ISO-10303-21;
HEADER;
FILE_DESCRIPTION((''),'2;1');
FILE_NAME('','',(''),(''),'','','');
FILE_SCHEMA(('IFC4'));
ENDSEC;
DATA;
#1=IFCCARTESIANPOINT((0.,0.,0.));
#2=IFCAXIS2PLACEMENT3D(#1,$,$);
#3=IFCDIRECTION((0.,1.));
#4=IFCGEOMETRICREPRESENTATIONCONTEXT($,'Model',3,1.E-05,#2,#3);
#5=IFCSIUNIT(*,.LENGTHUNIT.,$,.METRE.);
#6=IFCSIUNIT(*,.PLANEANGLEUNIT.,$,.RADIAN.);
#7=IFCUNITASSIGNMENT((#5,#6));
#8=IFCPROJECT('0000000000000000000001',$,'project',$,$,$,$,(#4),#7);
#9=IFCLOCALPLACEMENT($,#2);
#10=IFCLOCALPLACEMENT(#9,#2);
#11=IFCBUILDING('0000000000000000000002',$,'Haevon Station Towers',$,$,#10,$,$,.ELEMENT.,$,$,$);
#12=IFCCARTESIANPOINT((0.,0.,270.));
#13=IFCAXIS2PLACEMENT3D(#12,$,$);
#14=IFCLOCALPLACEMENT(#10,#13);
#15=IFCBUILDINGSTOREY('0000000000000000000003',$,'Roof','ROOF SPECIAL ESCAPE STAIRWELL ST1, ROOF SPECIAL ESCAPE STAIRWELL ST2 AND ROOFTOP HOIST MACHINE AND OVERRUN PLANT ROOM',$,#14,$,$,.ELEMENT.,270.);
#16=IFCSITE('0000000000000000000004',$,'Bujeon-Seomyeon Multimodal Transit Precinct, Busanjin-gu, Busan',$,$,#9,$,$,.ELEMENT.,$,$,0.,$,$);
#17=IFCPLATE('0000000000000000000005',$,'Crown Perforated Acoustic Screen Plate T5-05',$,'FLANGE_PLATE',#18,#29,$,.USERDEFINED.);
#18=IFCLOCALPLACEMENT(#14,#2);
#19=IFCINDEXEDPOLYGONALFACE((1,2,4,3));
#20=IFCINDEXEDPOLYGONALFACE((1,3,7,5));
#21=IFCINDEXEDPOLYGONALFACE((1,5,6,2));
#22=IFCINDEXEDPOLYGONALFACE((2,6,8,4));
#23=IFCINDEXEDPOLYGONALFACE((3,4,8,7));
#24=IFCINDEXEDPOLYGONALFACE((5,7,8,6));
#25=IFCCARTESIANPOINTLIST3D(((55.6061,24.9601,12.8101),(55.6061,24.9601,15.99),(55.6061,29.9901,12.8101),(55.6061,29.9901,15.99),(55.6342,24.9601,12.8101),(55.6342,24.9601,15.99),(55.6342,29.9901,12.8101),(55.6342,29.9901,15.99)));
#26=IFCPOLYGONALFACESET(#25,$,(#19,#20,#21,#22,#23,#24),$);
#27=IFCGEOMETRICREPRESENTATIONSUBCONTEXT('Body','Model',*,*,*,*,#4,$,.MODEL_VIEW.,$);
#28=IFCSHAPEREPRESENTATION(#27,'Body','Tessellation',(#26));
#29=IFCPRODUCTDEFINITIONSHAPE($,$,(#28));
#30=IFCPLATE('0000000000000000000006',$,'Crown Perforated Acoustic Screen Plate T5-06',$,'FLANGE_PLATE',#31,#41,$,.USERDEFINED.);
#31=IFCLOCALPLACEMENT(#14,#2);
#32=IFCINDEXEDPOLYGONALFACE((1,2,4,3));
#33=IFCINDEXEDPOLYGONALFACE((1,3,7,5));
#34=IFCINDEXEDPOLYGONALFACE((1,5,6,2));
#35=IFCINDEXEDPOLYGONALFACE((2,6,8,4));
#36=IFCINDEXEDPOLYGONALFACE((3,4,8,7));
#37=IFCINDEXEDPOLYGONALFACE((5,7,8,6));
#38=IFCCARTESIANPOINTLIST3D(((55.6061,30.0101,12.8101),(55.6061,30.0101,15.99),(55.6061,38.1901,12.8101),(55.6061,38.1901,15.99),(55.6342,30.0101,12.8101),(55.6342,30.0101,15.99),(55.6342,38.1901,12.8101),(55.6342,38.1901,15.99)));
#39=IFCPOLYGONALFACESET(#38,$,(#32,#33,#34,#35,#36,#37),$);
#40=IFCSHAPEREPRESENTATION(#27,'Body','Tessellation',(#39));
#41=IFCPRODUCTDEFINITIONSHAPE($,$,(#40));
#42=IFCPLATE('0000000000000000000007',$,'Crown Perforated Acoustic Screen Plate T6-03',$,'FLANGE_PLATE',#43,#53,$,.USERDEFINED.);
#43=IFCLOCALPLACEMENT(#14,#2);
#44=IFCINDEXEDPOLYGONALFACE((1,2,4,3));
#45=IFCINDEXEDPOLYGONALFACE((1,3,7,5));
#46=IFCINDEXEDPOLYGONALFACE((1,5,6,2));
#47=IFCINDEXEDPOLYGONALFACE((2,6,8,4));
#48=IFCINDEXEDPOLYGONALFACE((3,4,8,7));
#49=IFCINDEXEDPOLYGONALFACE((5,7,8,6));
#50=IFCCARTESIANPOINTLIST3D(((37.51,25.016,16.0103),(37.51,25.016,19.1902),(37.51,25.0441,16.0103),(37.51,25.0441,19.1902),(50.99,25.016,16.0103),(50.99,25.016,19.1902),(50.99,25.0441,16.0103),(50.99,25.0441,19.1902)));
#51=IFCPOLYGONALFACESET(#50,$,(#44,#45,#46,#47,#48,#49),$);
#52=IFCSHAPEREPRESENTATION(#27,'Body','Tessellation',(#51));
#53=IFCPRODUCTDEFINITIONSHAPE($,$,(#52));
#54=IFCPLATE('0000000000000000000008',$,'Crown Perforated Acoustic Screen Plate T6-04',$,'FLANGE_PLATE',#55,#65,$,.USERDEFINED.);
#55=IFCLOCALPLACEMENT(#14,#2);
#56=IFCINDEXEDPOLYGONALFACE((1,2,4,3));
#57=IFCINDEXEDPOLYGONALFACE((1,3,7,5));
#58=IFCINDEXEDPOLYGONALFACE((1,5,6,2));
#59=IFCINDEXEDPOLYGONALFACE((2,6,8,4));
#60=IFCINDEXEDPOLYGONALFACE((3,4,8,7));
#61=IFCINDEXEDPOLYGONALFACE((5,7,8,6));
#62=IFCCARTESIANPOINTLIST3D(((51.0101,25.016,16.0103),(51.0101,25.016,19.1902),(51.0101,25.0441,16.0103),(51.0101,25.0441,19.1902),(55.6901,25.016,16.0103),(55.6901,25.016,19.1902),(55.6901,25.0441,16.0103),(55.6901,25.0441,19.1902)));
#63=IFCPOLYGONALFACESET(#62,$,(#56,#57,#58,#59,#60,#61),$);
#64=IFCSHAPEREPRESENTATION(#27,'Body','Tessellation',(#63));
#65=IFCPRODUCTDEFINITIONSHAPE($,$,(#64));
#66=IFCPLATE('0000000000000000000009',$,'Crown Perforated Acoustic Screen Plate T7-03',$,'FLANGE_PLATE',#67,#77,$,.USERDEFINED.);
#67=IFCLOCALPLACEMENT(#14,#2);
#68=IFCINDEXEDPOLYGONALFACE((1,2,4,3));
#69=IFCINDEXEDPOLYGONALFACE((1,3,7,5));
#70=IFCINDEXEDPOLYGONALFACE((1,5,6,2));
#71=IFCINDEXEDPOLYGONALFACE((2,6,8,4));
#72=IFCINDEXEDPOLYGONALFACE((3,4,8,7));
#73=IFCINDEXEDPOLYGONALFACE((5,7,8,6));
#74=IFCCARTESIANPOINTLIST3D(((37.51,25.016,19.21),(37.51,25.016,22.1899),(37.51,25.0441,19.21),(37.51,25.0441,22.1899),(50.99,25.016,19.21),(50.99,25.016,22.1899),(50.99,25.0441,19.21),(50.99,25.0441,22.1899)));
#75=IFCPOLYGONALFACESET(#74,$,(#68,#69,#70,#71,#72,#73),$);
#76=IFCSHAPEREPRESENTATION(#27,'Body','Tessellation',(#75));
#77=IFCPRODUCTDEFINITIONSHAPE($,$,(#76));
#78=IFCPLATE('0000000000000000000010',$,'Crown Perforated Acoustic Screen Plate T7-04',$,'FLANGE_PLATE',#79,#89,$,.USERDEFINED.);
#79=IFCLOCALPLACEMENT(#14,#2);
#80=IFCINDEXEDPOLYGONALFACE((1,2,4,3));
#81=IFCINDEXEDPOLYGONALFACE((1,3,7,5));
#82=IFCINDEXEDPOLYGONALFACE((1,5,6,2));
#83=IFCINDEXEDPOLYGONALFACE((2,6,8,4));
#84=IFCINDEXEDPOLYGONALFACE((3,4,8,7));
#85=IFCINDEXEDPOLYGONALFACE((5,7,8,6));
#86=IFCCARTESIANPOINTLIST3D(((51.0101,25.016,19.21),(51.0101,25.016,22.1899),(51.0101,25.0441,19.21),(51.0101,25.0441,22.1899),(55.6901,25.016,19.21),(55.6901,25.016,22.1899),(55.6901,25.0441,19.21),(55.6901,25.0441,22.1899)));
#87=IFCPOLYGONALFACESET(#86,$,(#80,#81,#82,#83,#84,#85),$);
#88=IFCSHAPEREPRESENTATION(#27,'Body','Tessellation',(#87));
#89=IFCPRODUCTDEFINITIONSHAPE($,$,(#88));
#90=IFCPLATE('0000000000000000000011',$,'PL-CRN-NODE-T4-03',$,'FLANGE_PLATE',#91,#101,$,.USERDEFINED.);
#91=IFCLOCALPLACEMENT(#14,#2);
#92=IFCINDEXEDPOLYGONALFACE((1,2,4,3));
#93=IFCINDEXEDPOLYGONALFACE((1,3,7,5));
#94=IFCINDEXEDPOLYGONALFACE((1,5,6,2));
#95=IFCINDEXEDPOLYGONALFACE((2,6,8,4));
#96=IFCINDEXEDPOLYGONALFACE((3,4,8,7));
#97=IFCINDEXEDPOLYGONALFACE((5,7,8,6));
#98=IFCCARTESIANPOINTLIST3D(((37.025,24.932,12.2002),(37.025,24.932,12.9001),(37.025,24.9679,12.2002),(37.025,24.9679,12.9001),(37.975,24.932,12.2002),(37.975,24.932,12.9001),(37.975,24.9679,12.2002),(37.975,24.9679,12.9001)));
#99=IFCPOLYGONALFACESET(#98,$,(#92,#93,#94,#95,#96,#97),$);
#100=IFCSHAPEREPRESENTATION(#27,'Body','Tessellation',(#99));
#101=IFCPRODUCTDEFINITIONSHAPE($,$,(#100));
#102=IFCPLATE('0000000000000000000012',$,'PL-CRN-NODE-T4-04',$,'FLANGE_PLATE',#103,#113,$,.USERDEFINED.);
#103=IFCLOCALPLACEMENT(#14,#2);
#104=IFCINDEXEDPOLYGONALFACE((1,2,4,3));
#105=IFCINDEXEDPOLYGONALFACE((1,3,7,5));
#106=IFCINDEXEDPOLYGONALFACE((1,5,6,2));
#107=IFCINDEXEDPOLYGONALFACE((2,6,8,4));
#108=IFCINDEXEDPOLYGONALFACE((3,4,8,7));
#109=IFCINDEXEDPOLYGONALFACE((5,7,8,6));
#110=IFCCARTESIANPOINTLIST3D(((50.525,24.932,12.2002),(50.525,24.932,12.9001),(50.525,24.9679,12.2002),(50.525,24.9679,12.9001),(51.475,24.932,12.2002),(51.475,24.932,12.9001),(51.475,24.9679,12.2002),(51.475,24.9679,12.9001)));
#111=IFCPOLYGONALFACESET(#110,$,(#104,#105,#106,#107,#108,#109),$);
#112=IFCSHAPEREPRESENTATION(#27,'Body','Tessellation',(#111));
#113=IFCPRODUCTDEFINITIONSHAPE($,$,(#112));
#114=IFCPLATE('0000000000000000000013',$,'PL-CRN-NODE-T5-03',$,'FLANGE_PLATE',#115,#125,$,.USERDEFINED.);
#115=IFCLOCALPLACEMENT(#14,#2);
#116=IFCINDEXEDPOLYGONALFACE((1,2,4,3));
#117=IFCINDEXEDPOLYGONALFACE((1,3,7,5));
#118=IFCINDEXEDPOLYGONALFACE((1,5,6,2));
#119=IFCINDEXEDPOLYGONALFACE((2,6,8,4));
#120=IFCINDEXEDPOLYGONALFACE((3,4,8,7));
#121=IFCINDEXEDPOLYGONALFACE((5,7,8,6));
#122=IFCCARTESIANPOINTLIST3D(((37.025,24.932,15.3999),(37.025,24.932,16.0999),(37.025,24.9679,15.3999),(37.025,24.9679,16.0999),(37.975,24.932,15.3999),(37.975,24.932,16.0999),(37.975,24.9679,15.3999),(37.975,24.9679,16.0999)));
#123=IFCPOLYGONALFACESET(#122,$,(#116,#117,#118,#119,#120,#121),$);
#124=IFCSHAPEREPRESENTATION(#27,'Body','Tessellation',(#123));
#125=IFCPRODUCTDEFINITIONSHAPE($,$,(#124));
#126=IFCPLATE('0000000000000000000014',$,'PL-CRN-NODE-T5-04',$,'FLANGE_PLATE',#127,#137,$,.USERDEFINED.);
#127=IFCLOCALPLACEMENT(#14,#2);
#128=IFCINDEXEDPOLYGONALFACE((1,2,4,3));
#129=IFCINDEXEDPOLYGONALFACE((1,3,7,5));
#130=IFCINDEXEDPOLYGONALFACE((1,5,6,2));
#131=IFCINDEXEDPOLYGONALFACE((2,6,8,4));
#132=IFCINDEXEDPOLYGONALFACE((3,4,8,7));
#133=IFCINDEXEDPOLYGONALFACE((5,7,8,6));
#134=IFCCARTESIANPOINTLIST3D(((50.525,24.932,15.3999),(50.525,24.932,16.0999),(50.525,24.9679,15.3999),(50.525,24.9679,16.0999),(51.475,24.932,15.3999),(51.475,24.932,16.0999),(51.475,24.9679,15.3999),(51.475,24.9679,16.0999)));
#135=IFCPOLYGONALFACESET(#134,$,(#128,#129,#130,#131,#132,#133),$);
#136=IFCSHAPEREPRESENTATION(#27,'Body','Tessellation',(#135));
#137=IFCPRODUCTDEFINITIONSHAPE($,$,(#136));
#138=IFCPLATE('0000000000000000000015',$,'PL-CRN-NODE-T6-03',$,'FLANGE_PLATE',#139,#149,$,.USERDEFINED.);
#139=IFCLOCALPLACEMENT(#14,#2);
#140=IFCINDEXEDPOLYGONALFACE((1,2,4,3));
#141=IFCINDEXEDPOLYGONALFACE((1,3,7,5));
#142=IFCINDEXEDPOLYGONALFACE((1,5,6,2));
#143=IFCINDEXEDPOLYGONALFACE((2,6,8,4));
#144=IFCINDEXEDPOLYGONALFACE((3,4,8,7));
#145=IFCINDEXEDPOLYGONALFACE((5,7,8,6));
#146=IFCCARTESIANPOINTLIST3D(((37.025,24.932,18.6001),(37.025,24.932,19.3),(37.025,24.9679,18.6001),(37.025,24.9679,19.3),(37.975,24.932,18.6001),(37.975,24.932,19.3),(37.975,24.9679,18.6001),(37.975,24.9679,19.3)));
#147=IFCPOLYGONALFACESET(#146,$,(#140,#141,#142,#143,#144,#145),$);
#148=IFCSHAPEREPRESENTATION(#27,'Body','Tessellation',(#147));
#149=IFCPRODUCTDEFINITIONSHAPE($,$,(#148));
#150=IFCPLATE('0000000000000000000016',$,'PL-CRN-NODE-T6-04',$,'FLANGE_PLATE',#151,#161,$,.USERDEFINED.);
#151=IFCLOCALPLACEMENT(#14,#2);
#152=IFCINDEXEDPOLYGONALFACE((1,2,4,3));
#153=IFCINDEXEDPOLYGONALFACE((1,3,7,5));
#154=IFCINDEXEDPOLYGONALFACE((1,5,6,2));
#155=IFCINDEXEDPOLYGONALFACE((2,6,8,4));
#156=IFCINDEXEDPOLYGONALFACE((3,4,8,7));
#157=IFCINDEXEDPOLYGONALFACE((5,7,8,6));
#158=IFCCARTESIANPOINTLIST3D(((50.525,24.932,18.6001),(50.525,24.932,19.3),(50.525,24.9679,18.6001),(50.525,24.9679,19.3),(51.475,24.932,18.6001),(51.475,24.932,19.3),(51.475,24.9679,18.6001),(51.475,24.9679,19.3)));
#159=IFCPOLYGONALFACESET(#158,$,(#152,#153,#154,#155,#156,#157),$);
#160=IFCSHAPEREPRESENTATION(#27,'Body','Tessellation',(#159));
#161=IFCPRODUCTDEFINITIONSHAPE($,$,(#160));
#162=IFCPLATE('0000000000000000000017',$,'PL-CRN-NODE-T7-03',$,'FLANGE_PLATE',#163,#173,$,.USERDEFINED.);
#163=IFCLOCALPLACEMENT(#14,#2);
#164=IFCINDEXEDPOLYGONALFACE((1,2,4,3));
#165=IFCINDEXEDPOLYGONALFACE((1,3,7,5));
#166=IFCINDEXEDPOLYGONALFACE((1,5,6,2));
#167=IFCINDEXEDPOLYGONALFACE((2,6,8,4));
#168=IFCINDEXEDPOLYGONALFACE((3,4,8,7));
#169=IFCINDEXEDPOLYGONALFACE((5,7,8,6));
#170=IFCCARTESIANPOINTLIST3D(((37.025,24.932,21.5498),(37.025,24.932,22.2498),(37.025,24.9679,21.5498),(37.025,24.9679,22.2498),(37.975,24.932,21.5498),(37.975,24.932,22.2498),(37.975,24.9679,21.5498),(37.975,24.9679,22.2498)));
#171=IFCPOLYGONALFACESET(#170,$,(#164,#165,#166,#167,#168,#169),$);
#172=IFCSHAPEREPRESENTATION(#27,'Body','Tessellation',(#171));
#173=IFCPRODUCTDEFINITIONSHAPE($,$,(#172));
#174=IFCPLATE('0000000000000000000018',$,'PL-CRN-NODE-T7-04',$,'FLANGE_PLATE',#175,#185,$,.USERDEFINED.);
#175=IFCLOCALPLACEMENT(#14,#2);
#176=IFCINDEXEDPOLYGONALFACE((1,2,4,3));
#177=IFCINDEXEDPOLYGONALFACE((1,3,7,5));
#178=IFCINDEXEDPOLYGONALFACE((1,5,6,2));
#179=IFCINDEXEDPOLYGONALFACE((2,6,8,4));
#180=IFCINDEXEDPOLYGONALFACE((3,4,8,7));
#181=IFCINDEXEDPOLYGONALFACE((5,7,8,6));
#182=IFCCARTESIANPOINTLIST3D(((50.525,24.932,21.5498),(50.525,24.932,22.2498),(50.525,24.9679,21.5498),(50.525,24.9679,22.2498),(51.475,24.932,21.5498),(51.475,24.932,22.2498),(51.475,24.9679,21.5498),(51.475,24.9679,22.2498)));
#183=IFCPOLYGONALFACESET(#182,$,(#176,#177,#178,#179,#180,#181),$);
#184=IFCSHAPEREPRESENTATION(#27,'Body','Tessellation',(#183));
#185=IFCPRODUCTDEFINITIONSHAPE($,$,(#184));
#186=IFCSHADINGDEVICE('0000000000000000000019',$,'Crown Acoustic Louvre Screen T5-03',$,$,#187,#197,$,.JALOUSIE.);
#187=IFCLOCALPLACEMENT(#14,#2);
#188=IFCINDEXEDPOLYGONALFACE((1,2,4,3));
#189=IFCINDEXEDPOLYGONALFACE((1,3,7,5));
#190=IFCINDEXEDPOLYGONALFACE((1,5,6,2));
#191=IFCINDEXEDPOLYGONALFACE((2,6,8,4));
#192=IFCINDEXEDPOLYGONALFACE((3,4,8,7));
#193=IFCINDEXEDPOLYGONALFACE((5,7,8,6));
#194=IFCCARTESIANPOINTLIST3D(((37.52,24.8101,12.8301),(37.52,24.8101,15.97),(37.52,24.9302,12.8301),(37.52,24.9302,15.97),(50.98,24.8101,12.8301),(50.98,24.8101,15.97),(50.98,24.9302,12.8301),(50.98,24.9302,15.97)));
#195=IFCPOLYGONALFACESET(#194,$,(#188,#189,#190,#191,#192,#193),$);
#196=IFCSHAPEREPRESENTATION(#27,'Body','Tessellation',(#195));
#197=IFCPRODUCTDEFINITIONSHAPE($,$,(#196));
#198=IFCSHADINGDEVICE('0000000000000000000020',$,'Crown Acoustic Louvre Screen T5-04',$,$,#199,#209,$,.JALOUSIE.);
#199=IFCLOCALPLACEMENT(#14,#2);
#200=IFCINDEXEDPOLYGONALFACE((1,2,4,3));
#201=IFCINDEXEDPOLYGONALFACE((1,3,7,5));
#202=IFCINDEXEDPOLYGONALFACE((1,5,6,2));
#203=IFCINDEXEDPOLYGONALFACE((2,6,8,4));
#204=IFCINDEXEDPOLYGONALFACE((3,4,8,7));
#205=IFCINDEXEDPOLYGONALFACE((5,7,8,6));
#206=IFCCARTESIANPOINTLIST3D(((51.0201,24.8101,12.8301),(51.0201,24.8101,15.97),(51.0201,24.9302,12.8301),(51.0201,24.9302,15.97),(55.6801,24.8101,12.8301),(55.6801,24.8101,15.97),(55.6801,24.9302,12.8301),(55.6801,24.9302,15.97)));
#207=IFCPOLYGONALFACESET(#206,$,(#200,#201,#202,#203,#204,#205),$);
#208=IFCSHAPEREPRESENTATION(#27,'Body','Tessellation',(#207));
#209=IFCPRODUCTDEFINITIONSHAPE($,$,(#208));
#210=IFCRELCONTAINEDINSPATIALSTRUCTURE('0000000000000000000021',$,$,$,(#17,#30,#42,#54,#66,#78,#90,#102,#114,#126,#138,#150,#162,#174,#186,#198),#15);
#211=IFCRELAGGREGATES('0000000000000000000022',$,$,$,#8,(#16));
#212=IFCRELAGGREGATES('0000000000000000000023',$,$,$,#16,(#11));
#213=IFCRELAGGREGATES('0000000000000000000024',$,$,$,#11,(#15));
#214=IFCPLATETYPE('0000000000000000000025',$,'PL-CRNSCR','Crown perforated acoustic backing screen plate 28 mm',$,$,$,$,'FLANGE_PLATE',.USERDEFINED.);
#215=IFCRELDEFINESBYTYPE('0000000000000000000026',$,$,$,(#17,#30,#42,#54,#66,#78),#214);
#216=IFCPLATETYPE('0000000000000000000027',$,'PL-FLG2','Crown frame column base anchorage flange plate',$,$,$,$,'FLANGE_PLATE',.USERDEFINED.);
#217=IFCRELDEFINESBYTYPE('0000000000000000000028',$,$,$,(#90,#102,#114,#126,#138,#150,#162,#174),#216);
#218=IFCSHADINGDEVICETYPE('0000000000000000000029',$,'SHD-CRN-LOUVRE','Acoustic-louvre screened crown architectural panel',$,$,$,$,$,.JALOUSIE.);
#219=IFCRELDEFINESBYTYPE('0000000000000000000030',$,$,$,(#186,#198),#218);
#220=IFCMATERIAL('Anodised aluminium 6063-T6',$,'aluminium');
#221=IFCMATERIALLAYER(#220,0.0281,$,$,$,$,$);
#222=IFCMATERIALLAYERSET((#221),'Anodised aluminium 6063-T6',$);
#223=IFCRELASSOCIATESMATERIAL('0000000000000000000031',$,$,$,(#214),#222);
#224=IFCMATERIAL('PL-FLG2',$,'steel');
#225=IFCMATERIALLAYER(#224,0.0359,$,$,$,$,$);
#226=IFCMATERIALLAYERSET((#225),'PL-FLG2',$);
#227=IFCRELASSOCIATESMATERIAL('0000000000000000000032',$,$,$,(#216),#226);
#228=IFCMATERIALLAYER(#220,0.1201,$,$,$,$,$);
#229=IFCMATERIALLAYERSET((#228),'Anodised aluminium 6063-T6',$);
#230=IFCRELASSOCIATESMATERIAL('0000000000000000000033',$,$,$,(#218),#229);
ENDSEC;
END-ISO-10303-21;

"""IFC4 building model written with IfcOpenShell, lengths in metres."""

from ifc_helpers import new_model, si_unit, direction, frame, origin, origin_2d, place, context, subcontext, project, spatial, rectangle, extrude, material, layer, layer_set, type_object, element, save


model = new_model("IFC4")

# Units and contexts
model_context = context("Model", 3, precision=1e-05, world=origin(), true_north=direction((0.0, 1.0)))
body_context = subcontext(model_context, "Body", "Model", "MODEL_VIEW")
ifc_project = project(units=[si_unit("LENGTHUNIT", "METRE"), si_unit("PLANEANGLEUNIT", "RADIAN")], contexts=[model_context])

# Site, building, storey
site_placement = place(None, origin())
site = spatial("IfcSite", under=ifc_project, at=site_placement, Name="Bujeon-Seomyeon Multimodal Transit Precinct, Busanjin-gu, Busan", CompositionType="ELEMENT", RefElevation=0.0)
building_placement = place(site_placement, origin())
building = spatial("IfcBuilding", under=site, at=building_placement, Name="Haevon Station Towers", CompositionType="ELEMENT")
storey_placement = place(building_placement, frame((0.0, 0.0, 270.0)))
storey = spatial("IfcBuildingStorey", under=building, at=storey_placement, Name="Roof", Description="ROOF SPECIAL ESCAPE STAIRWELL ST1, ROOF SPECIAL ESCAPE STAIRWELL ST2 AND ROOFTOP HOIST MACHINE AND OVERRUN PLANT ROOM", CompositionType="ELEMENT", Elevation=270.0)

# Plates
ifc_material_1 = material(Name="Anodised aluminium 6063-T6", Category="aluminium")
ifc_layer_1 = layer(ifc_material_1, 0.0281)
ifc_layer_set_1 = layer_set([ifc_layer_1], Name="Anodised aluminium 6063-T6")
plate_type_1 = type_object("IfcPlateType", Name="PL-CRNSCR", Description="Crown perforated acoustic backing screen plate 28 mm", ElementType="FLANGE_PLATE", PredefinedType="USERDEFINED", material=ifc_layer_set_1)
plate_1_placement = place(storey_placement, frame((55.6201, 27.4751, 12.8101), z_axis=(0.0, 0.0, 1.0), x_axis=(0.0, 1.0, 0.0)))
element("IfcPlate", 1, at=plate_1_placement, inside=storey, type_object=plate_type_1, Name="Crown Perforated Acoustic Screen Plate T5-05", ObjectType="FLANGE_PLATE", PredefinedType="USERDEFINED", context=body_context, shape_type="SweptSolid", body=[
    extrude(rectangle(XDim=5.03, YDim=0.0281, at=origin_2d()), origin(), (0.0, 0.0, 1.0), 3.1799),
])
plate_2_placement = place(storey_placement, frame((55.6201, 34.1001, 12.8101), z_axis=(0.0, 0.0, 1.0), x_axis=(0.0, 1.0, 0.0)))
element("IfcPlate", 2, at=plate_2_placement, inside=storey, type_object=plate_type_1, Name="Crown Perforated Acoustic Screen Plate T5-06", ObjectType="FLANGE_PLATE", PredefinedType="USERDEFINED", context=body_context, shape_type="SweptSolid", body=[
    extrude(rectangle(XDim=8.1799, YDim=0.0281, at=origin_2d()), origin(), (0.0, 0.0, 1.0), 3.1799),
])
plate_3_placement = place(storey_placement, frame((44.25, 25.03, 16.0103), z_axis=(0.0, 0.0, 1.0), x_axis=(1.0, 0.0, 0.0)))
element("IfcPlate", 3, at=plate_3_placement, inside=storey, type_object=plate_type_1, Name="Crown Perforated Acoustic Screen Plate T6-03", ObjectType="FLANGE_PLATE", PredefinedType="USERDEFINED", context=body_context, shape_type="SweptSolid", body=[
    extrude(rectangle(XDim=13.48, YDim=0.0281, at=origin_2d()), origin(), (0.0, 0.0, 1.0), 3.1799),
])
plate_4_placement = place(storey_placement, frame((53.3501, 25.03, 16.0103), z_axis=(0.0, 0.0, 1.0), x_axis=(1.0, 0.0, 0.0)))
element("IfcPlate", 4, at=plate_4_placement, inside=storey, type_object=plate_type_1, Name="Crown Perforated Acoustic Screen Plate T6-04", ObjectType="FLANGE_PLATE", PredefinedType="USERDEFINED", context=body_context, shape_type="SweptSolid", body=[
    extrude(rectangle(XDim=4.6799, YDim=0.0281, at=origin_2d()), origin(), (0.0, 0.0, 1.0), 3.1799),
])
plate_5_placement = place(storey_placement, frame((44.25, 25.03, 19.21), z_axis=(0.0, 0.0, 1.0), x_axis=(1.0, 0.0, 0.0)))
element("IfcPlate", 5, at=plate_5_placement, inside=storey, type_object=plate_type_1, Name="Crown Perforated Acoustic Screen Plate T7-03", ObjectType="FLANGE_PLATE", PredefinedType="USERDEFINED", context=body_context, shape_type="SweptSolid", body=[
    extrude(rectangle(XDim=13.48, YDim=0.0281, at=origin_2d()), origin(), (0.0, 0.0, 1.0), 2.98),
])
plate_6_placement = place(storey_placement, frame((53.3501, 25.03, 19.21), z_axis=(0.0, 0.0, 1.0), x_axis=(1.0, 0.0, 0.0)))
element("IfcPlate", 6, at=plate_6_placement, inside=storey, type_object=plate_type_1, Name="Crown Perforated Acoustic Screen Plate T7-04", ObjectType="FLANGE_PLATE", PredefinedType="USERDEFINED", context=body_context, shape_type="SweptSolid", body=[
    extrude(rectangle(XDim=4.6799, YDim=0.0281, at=origin_2d()), origin(), (0.0, 0.0, 1.0), 2.98),
])
ifc_material_2 = material(Name="PL-FLG2", Category="steel")
ifc_layer_2 = layer(ifc_material_2, 0.0359)
ifc_layer_set_2 = layer_set([ifc_layer_2], Name="PL-FLG2")
plate_type_2 = type_object("IfcPlateType", Name="PL-FLG2", Description="Crown frame column base anchorage flange plate", ElementType="FLANGE_PLATE", PredefinedType="USERDEFINED", material=ifc_layer_set_2)
for number, where, z_axis, x_axis, name in (
    (7, (37.5, 24.95, 12.2002), (0.0, 0.0, 1.0), (1.0, 0.0, 0.0), "PL-CRN-NODE-T4-03"),
    (8, (51.0, 24.95, 12.2002), (0.0, 0.0, 1.0), (1.0, 0.0, 0.0), "PL-CRN-NODE-T4-04"),
    (9, (37.5, 24.95, 15.3999), (0.0, 0.0, 1.0), (1.0, 0.0, 0.0), "PL-CRN-NODE-T5-03"),
    (10, (51.0, 24.95, 15.3999), (0.0, 0.0, 1.0), (1.0, 0.0, 0.0), "PL-CRN-NODE-T5-04"),
    (11, (37.5, 24.95, 18.6001), (0.0, 0.0, 1.0), (1.0, 0.0, 0.0), "PL-CRN-NODE-T6-03"),
    (12, (51.0, 24.95, 18.6001), (0.0, 0.0, 1.0), (1.0, 0.0, 0.0), "PL-CRN-NODE-T6-04"),
    (13, (37.5, 24.95, 21.5498), (0.0, 0.0, 1.0), (1.0, 0.0, 0.0), "PL-CRN-NODE-T7-03"),
    (14, (51.0, 24.95, 21.5498), (0.0, 0.0, 1.0), (1.0, 0.0, 0.0), "PL-CRN-NODE-T7-04"),
):
    element("IfcPlate", number, at=place(storey_placement, frame(where, z_axis=z_axis, x_axis=x_axis)), inside=storey, type_object=plate_type_2, Name=name, ObjectType="FLANGE_PLATE", PredefinedType="USERDEFINED", context=body_context, shape_type="SweptSolid", body=[
        extrude(rectangle(XDim=0.95, YDim=0.0359, at=origin_2d()), origin(), (0.0, 0.0, 1.0), 0.7),
    ])

# Shading devices
ifc_layer_3 = layer(ifc_material_1, 0.1201)
ifc_layer_set_3 = layer_set([ifc_layer_3], Name="Anodised aluminium 6063-T6")
shading_device_type = type_object("IfcShadingDeviceType", Name="SHD-CRN-LOUVRE", Description="Acoustic-louvre screened crown architectural panel", PredefinedType="JALOUSIE", material=ifc_layer_set_3)
shading_device_1_placement = place(storey_placement, frame((44.25, 24.8701, 12.8301), z_axis=(0.0, 0.0, 1.0), x_axis=(1.0, 0.0, 0.0)))
element("IfcShadingDevice", 15, at=shading_device_1_placement, inside=storey, type_object=shading_device_type, Name="Crown Acoustic Louvre Screen T5-03", PredefinedType="JALOUSIE", context=body_context, shape_type="SweptSolid", body=[
    extrude(rectangle(XDim=13.46, YDim=0.1201, at=origin_2d()), origin(), (0.0, 0.0, 1.0), 3.1399),
])
shading_device_2_placement = place(storey_placement, frame((53.3501, 24.8701, 12.8301), z_axis=(0.0, 0.0, 1.0), x_axis=(1.0, 0.0, 0.0)))
element("IfcShadingDevice", 16, at=shading_device_2_placement, inside=storey, type_object=shading_device_type, Name="Crown Acoustic Louvre Screen T5-04", PredefinedType="JALOUSIE", context=body_context, shape_type="SweptSolid", body=[
    extrude(rectangle(XDim=4.6599, YDim=0.1201, at=origin_2d()), origin(), (0.0, 0.0, 1.0), 3.1399),
])

save(model, "model.ifc")
